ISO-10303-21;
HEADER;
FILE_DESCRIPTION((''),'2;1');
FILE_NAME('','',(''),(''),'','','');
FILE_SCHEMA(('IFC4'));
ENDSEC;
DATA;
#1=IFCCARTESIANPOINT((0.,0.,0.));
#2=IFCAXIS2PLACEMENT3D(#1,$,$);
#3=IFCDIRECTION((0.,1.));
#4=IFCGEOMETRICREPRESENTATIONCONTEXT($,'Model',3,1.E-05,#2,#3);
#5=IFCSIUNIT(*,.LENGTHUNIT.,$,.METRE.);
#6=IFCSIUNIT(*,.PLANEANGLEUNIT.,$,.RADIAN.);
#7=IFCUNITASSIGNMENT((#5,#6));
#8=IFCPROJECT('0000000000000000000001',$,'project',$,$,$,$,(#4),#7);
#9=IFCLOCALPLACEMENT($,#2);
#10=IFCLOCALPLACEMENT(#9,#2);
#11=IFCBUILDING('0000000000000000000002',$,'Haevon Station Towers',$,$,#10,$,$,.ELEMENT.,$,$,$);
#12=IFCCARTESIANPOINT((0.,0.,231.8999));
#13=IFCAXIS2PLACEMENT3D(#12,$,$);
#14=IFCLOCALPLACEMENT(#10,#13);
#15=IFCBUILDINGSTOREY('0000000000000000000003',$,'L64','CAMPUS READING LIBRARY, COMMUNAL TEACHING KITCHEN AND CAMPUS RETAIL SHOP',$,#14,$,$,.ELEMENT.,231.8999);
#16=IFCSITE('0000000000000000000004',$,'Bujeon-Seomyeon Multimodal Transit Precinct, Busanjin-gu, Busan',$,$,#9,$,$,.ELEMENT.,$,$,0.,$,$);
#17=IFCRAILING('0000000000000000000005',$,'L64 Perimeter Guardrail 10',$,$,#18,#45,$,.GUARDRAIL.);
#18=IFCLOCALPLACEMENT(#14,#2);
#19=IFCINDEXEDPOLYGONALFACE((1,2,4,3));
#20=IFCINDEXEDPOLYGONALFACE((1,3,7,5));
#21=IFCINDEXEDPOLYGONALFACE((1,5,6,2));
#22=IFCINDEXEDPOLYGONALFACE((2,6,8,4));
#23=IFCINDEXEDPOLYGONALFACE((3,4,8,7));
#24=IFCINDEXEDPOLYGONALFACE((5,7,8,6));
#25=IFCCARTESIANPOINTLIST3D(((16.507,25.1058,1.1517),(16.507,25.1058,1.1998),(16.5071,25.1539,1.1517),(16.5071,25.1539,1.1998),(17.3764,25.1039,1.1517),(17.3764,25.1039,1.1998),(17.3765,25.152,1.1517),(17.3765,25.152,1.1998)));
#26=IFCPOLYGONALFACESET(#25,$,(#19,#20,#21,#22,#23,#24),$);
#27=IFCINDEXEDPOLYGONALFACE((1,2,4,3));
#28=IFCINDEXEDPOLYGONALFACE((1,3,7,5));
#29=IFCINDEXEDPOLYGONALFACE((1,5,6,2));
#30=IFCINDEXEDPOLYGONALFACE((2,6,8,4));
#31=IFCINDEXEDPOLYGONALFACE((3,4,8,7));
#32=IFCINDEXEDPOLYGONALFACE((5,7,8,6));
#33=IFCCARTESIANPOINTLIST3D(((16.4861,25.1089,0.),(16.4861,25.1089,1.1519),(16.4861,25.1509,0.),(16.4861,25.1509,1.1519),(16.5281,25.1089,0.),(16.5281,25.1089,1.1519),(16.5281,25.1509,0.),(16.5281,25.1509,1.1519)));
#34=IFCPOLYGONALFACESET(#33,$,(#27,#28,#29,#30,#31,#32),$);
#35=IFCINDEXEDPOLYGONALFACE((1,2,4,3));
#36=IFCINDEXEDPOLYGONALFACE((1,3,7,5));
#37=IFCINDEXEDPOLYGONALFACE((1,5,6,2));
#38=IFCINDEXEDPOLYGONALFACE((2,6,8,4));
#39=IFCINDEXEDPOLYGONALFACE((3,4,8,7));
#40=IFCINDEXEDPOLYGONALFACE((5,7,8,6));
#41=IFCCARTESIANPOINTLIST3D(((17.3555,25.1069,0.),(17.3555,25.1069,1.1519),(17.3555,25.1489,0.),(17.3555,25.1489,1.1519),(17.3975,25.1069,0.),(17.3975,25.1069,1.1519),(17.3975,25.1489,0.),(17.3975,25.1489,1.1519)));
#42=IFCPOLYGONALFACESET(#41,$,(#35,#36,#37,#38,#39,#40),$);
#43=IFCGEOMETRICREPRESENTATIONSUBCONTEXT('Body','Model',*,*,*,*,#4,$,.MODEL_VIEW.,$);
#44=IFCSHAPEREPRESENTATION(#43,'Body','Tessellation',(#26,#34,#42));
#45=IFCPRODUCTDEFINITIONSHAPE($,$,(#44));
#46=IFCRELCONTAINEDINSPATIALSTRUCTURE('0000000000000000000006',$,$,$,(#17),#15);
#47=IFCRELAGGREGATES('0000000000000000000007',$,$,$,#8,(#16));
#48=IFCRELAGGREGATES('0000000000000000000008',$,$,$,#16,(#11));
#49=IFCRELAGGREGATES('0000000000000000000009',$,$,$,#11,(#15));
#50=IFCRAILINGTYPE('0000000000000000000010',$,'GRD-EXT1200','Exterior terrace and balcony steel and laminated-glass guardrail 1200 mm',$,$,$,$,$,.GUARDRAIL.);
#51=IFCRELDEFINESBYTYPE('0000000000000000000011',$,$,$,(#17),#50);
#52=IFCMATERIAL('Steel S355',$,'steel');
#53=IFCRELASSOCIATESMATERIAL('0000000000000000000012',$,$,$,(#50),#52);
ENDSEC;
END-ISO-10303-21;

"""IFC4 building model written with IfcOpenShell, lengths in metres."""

from ifc_helpers import new_model, si_unit, direction, frame, origin, origin_2d, place, context, subcontext, project, spatial, rectangle, extrude, material, type_object, element, save


model = new_model("IFC4")

# Units and contexts
model_context = context("Model", 3, precision=1e-05, world=origin(), true_north=direction((0.0, 1.0)))
body_context = subcontext(model_context, "Body", "Model", "MODEL_VIEW")
ifc_project = project(units=[si_unit("LENGTHUNIT", "METRE"), si_unit("PLANEANGLEUNIT", "RADIAN")], contexts=[model_context])

# Site, building, storey
site_placement = place(None, origin())
site = spatial("IfcSite", under=ifc_project, at=site_placement, Name="Bujeon-Seomyeon Multimodal Transit Precinct, Busanjin-gu, Busan", CompositionType="ELEMENT", RefElevation=0.0)
building_placement = place(site_placement, origin())
building = spatial("IfcBuilding", under=site, at=building_placement, Name="Haevon Station Towers", CompositionType="ELEMENT")
storey_placement = place(building_placement, frame((0.0, 0.0, 231.8999)))
storey = spatial("IfcBuildingStorey", under=building, at=storey_placement, Name="L64", Description="CAMPUS READING LIBRARY, COMMUNAL TEACHING KITCHEN AND CAMPUS RETAIL SHOP", CompositionType="ELEMENT", Elevation=231.8999)

# Shared definitions
ifc_material_1 = material(Name="Steel S355", Category="steel")

# Railing
railing_type = type_object("IfcRailingType", Name="GRD-EXT1200", Description="Exterior terrace and balcony steel and laminated-glass guardrail 1200 mm", PredefinedType="GUARDRAIL", material=ifc_material_1)
railing_placement = place(storey_placement, frame((16.5071, 25.1299, 0.0)))
element("IfcRailing", 1, at=railing_placement, inside=storey, type_object=railing_type, Name="L64 Perimeter Guardrail 10", PredefinedType="GUARDRAIL", context=body_context, shape_type="SweptSolid", body=[
    extrude(rectangle(XDim=0.0481, YDim=0.0481, at=origin_2d()), frame((0.0, 0.0, 1.1758), z_axis=(0.999997, -0.002247, 0.0), x_axis=(0.002247, 0.999997, 0.0)), (0.0, 0.0, 1.0), 0.8694),
    extrude(rectangle(XDim=0.042, YDim=0.042, at=origin_2d()), origin(), (0.0, 0.0, 1.0), 1.1519),
    extrude(rectangle(XDim=0.042, YDim=0.042, at=origin_2d()), frame((0.8694, -0.002, 0.0)), (0.0, 0.0, 1.0), 1.1519),
])

save(model, "model.ifc")
